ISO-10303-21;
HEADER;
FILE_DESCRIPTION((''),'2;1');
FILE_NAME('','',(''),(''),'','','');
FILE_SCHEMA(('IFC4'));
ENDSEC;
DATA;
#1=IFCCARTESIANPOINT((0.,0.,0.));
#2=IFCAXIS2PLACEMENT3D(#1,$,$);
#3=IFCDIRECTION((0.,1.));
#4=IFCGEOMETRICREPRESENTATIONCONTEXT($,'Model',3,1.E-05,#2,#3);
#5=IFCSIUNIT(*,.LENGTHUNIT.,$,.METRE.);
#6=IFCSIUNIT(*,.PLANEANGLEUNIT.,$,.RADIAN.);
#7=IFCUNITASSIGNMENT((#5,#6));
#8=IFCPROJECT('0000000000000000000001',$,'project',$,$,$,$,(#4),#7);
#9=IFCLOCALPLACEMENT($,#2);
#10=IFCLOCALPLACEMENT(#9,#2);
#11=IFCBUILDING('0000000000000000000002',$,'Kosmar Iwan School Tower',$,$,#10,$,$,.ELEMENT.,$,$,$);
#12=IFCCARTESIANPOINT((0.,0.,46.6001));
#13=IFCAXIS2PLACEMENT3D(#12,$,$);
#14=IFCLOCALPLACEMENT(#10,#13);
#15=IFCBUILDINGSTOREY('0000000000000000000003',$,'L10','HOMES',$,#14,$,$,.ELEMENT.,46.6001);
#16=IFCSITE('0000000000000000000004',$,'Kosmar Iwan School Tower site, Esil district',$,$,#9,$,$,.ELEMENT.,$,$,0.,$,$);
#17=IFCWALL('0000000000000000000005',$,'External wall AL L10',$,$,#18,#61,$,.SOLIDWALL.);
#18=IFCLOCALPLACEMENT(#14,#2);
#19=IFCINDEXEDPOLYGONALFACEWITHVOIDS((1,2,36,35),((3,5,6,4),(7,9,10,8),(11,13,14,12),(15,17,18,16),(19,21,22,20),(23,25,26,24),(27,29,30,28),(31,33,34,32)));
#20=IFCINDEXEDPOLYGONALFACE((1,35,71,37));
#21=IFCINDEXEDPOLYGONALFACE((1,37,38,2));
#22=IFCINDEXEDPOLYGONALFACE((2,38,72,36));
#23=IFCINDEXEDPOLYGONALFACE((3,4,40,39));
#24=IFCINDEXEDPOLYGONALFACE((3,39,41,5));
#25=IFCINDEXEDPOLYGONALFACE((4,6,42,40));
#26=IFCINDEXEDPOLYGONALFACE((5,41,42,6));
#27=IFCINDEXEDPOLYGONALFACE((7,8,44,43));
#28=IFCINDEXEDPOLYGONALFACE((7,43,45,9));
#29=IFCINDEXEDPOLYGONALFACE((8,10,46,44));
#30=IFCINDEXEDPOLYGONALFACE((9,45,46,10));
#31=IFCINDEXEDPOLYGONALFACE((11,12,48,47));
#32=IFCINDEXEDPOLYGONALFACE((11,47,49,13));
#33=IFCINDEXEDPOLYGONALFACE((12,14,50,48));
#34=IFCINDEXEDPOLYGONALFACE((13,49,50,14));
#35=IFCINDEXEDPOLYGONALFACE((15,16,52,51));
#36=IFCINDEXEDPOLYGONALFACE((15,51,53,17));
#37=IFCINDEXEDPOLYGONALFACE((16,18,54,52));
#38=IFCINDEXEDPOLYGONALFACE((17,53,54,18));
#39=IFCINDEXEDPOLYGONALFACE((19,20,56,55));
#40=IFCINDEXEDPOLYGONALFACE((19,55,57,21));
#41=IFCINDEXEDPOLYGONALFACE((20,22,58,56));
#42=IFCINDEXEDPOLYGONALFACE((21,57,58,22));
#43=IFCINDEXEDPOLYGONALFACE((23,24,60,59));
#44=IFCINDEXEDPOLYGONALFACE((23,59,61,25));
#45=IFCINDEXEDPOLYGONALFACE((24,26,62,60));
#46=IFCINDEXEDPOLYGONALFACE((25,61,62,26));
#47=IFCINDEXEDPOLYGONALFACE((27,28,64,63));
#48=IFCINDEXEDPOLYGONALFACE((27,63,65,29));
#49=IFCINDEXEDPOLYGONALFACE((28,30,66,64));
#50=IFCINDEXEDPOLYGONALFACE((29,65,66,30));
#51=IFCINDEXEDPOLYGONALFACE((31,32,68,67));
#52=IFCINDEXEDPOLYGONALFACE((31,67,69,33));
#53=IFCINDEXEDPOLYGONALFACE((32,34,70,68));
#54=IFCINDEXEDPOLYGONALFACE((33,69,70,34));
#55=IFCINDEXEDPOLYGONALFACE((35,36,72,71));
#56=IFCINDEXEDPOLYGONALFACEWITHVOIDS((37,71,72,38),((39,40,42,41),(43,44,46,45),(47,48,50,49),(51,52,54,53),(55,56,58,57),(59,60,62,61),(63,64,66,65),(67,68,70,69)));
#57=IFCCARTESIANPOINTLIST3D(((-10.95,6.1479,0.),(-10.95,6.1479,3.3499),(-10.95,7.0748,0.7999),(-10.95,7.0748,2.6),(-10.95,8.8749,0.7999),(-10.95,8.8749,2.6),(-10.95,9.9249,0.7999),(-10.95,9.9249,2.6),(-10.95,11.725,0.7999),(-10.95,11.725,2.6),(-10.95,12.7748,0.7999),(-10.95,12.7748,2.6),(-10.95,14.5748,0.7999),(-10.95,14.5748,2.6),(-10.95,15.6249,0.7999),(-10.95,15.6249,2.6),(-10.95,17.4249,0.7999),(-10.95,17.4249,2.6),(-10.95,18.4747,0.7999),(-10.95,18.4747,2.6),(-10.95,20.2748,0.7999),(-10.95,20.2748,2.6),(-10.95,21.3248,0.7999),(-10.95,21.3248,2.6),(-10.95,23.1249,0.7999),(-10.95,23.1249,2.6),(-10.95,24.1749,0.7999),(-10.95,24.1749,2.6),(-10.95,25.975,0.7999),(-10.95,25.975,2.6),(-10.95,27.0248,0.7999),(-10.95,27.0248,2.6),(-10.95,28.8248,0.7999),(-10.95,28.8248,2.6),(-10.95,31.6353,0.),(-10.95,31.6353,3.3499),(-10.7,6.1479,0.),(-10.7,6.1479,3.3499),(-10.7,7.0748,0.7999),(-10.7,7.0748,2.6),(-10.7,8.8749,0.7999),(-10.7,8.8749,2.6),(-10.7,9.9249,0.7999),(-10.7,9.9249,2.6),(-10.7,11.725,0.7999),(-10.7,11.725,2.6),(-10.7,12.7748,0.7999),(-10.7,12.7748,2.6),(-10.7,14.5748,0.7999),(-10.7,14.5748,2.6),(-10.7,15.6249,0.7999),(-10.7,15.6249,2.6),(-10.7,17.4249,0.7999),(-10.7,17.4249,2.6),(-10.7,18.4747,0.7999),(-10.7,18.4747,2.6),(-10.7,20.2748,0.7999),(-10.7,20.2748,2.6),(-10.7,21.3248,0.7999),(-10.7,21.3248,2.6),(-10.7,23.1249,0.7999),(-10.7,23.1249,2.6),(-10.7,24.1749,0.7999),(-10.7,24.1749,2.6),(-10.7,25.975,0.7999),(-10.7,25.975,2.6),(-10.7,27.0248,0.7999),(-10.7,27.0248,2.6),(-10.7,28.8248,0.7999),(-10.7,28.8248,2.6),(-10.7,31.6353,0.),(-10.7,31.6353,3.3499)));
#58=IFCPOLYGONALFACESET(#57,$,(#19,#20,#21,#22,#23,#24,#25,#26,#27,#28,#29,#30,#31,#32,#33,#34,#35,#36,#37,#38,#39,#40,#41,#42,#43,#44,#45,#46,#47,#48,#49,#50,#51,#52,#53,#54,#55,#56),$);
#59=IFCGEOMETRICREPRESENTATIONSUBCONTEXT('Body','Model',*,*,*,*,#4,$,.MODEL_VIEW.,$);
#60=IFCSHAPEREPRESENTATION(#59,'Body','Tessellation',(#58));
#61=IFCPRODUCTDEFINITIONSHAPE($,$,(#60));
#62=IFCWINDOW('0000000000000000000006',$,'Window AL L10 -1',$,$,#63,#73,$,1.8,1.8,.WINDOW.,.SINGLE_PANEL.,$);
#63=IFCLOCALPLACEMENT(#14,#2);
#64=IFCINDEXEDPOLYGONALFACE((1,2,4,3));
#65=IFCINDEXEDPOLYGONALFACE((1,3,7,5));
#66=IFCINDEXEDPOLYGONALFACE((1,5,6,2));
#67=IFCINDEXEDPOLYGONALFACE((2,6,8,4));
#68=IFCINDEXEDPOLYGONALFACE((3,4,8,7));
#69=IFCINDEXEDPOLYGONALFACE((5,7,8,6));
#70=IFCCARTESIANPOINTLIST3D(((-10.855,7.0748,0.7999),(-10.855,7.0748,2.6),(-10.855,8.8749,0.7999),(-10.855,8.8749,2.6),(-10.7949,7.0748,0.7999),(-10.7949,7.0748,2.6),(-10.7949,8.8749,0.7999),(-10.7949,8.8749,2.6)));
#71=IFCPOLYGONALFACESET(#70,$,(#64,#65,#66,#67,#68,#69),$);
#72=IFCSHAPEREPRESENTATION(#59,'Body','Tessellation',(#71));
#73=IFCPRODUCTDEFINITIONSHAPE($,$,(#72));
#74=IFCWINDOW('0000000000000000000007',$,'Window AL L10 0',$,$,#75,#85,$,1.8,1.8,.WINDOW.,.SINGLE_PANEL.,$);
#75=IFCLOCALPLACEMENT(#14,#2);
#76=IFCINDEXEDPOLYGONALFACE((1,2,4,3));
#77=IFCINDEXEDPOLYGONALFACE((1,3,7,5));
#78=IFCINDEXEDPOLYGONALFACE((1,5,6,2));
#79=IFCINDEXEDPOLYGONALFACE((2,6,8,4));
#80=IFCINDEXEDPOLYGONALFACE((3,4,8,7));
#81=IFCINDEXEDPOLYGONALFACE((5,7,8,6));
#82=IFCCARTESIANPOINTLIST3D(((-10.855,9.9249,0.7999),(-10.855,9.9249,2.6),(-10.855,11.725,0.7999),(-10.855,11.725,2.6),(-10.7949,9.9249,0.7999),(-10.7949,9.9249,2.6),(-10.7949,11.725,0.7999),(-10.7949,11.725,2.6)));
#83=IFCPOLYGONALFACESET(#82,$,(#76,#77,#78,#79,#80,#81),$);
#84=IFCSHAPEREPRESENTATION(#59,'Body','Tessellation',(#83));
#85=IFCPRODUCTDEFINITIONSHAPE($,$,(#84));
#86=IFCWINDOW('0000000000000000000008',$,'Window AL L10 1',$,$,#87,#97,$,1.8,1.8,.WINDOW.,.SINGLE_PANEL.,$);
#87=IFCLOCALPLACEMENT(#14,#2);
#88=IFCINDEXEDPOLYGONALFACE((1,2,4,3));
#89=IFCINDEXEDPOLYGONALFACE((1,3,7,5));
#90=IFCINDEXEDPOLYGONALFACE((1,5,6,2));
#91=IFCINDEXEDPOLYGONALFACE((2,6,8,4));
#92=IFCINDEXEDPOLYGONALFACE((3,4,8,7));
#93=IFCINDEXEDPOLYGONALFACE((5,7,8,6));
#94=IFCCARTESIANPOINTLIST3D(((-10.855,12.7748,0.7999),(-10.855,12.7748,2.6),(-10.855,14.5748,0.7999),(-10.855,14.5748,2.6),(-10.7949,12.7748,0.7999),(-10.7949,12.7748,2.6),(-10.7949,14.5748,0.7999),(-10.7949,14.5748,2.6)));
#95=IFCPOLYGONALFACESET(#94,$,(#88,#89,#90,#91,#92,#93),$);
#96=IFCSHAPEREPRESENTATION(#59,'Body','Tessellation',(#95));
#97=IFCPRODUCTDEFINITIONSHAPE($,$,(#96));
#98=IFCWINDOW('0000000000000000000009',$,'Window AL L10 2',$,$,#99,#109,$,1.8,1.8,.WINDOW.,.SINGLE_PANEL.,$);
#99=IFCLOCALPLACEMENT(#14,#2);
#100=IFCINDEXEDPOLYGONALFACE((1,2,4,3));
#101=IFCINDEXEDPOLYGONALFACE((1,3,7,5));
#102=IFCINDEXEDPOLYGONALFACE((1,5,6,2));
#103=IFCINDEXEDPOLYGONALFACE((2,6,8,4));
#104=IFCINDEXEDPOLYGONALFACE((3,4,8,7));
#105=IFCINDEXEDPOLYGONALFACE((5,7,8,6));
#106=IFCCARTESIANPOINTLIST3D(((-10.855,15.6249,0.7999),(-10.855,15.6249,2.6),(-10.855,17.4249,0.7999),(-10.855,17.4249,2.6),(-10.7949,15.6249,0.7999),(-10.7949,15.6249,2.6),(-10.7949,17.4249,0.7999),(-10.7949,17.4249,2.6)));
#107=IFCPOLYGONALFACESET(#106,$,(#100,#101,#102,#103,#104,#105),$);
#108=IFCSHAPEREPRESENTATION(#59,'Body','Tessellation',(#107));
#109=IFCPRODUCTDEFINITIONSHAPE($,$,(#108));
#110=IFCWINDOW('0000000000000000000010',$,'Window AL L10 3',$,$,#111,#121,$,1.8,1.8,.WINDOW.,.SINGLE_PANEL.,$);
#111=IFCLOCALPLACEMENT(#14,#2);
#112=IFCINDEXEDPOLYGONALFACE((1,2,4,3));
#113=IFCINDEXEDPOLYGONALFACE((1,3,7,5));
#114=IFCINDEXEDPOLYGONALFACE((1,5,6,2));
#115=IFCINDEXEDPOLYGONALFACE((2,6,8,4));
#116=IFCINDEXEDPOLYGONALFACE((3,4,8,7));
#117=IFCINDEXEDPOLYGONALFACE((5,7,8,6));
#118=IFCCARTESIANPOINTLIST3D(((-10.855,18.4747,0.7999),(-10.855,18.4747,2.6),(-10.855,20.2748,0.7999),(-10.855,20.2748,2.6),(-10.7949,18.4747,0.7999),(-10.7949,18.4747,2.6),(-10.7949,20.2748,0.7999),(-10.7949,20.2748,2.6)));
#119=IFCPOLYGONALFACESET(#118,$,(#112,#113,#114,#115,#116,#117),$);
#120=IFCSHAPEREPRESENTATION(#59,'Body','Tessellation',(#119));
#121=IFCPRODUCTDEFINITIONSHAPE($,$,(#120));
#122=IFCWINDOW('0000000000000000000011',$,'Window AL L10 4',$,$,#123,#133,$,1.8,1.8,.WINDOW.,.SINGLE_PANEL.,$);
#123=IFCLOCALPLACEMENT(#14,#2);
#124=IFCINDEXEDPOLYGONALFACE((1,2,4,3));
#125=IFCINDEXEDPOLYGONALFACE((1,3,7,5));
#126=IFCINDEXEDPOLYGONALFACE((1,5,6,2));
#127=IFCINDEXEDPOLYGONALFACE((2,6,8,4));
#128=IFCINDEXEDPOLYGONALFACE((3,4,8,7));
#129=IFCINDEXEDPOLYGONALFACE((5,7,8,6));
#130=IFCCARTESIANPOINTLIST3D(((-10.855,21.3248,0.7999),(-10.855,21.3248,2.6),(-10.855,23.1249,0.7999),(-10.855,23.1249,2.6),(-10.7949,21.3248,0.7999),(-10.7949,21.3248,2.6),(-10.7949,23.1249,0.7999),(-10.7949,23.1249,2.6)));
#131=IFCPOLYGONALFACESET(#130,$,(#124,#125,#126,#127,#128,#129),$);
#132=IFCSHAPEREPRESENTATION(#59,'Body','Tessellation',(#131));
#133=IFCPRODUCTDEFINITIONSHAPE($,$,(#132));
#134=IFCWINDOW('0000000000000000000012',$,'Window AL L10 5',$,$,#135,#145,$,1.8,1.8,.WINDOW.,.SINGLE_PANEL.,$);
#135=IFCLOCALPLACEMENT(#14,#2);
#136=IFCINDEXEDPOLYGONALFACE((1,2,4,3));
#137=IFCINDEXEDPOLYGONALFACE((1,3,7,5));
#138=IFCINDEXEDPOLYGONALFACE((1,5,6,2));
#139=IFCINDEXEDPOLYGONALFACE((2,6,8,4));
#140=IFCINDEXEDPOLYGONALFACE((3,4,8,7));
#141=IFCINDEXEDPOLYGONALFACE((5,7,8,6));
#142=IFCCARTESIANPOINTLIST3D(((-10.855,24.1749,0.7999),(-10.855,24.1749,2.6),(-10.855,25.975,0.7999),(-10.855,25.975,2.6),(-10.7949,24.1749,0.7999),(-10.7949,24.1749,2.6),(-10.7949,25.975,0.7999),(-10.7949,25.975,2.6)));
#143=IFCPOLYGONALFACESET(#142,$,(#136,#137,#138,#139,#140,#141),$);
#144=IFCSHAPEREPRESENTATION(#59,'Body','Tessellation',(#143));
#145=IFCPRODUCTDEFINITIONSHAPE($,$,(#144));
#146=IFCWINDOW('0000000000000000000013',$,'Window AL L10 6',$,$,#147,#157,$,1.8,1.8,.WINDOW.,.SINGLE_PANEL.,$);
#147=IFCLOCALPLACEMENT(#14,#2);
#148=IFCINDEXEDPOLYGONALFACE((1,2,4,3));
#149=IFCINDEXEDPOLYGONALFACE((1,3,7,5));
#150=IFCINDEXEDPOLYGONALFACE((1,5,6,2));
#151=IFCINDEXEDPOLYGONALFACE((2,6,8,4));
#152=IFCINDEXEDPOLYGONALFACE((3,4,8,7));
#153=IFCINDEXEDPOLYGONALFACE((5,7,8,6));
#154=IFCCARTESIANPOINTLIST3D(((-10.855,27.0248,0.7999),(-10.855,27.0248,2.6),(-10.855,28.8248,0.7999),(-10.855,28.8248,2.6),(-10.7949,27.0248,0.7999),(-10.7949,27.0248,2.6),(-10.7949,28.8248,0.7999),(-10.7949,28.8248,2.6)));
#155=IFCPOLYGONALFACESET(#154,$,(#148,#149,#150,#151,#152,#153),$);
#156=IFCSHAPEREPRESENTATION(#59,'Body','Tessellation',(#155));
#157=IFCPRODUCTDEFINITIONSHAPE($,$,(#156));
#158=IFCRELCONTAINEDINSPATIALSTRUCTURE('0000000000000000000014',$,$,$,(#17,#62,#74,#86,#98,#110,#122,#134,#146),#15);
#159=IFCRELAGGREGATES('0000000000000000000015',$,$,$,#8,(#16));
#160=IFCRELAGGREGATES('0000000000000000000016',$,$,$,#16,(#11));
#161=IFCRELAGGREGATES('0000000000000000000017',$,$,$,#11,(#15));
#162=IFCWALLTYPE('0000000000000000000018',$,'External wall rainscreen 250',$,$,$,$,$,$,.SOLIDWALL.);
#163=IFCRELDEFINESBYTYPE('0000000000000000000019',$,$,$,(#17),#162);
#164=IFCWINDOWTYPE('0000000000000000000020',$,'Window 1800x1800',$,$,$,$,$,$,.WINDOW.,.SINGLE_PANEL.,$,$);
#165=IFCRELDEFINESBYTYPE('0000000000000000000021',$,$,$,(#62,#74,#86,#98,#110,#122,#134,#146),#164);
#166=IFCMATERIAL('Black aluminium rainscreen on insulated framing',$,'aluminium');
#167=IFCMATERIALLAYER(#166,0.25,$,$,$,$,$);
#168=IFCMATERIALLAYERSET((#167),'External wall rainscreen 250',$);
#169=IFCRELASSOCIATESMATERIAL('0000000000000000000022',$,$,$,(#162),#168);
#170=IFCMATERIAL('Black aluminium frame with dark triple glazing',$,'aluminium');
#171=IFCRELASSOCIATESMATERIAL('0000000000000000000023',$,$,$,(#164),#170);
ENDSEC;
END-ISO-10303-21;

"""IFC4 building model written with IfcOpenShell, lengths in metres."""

from ifc_helpers import new_model, si_unit, direction, frame, frame_2d, origin, place, context, subcontext, project, spatial, rectangle, extrude, material, layer, layer_set, type_object, element, fill, save


model = new_model("IFC4")

# Units and contexts
model_context = context("Model", 3, precision=1e-05, world=origin(), true_north=direction((0.0, 1.0)))
body_context = subcontext(model_context, "Body", "Model", "MODEL_VIEW")
ifc_project = project(units=[si_unit("LENGTHUNIT", "METRE"), si_unit("PLANEANGLEUNIT", "RADIAN")], contexts=[model_context])

# Site, building, storey
site_placement = place(None, origin())
site = spatial("IfcSite", under=ifc_project, at=site_placement, Name="Kosmar Iwan School Tower site, Esil district", CompositionType="ELEMENT", RefElevation=0.0)
building_placement = place(site_placement, origin())
building = spatial("IfcBuilding", under=site, at=building_placement, Name="Kosmar Iwan School Tower", CompositionType="ELEMENT")
storey_placement = place(building_placement, frame((0.0, 0.0, 46.6001)))
storey = spatial("IfcBuildingStorey", under=building, at=storey_placement, Name="L10", Description="HOMES", CompositionType="ELEMENT", Elevation=46.6001)

# Wall, openings, windows
ifc_material_1 = material(Name="Black aluminium rainscreen on insulated framing", Category="aluminium")
ifc_layer = layer(ifc_material_1, 0.25)
ifc_layer_set = layer_set([ifc_layer], Name="External wall rainscreen 250")
wall_type = type_object("IfcWallType", Name="External wall rainscreen 250", PredefinedType="SOLIDWALL", material=ifc_layer_set)
wall_1_placement = place(storey_placement, frame((-10.825, 6.1479, 0.0), z_axis=(0.0, 0.0, 1.0), x_axis=(0.0, 1.0, 0.0)))
wall_1 = element("IfcWall", 1, at=wall_1_placement, inside=storey, type_object=wall_type, Name="External wall AL L10", PredefinedType="SOLIDWALL", context=body_context, shape_type="SweptSolid", body=[
    extrude(rectangle(XDim=25.4873, YDim=0.25, at=frame_2d((12.7437, 0.0))), origin(), (0.0, 0.0, 1.0), 3.3499),
])
opening_1_placement = place(wall_1_placement, frame((0.927, 0.0, 0.8)))
opening_1 = element("IfcOpeningElement", 2, at=opening_1_placement, cuts=wall_1, PredefinedType="OPENING", context=body_context, shape_type="SweptSolid", body=[
    extrude(rectangle(XDim=1.8, YDim=1.8, at=frame_2d((0.8999, 0.8999))), frame((0.0, 0.137, 0.0), z_axis=(0.0, -1.0, 0.0), x_axis=(1.0, 0.0, 0.0)), (0.0, 0.0, 1.0), 0.2739),
])
opening_2_placement = place(wall_1_placement, frame((3.7771, 0.0, 0.8)))
opening_2 = element("IfcOpeningElement", 3, at=opening_2_placement, cuts=wall_1, PredefinedType="OPENING", context=body_context, shape_type="SweptSolid", body=[
    extrude(rectangle(XDim=1.8, YDim=1.8, at=frame_2d((0.8999, 0.8999))), frame((0.0, 0.137, 0.0), z_axis=(0.0, -1.0, 0.0), x_axis=(1.0, 0.0, 0.0)), (0.0, 0.0, 1.0), 0.2739),
])
opening_3_placement = place(wall_1_placement, frame((6.627, 0.0, 0.8)))
opening_3 = element("IfcOpeningElement", 4, at=opening_3_placement, cuts=wall_1, PredefinedType="OPENING", context=body_context, shape_type="SweptSolid", body=[
    extrude(rectangle(XDim=1.8, YDim=1.8, at=frame_2d((0.8999, 0.8999))), frame((0.0, 0.137, 0.0), z_axis=(0.0, -1.0, 0.0), x_axis=(1.0, 0.0, 0.0)), (0.0, 0.0, 1.0), 0.2739),
])
opening_4_placement = place(wall_1_placement, frame((9.4771, 0.0, 0.8)))
opening_4 = element("IfcOpeningElement", 5, at=opening_4_placement, cuts=wall_1, PredefinedType="OPENING", context=body_context, shape_type="SweptSolid", body=[
    extrude(rectangle(XDim=1.8, YDim=1.8, at=frame_2d((0.8999, 0.8999))), frame((0.0, 0.137, 0.0), z_axis=(0.0, -1.0, 0.0), x_axis=(1.0, 0.0, 0.0)), (0.0, 0.0, 1.0), 0.2739),
])
opening_5_placement = place(wall_1_placement, frame((12.3269, 0.0, 0.8)))
opening_5 = element("IfcOpeningElement", 6, at=opening_5_placement, cuts=wall_1, PredefinedType="OPENING", context=body_context, shape_type="SweptSolid", body=[
    extrude(rectangle(XDim=1.8, YDim=1.8, at=frame_2d((0.8999, 0.8999))), frame((0.0, 0.137, 0.0), z_axis=(0.0, -1.0, 0.0), x_axis=(1.0, 0.0, 0.0)), (0.0, 0.0, 1.0), 0.2739),
])
opening_6_placement = place(wall_1_placement, frame((15.177, 0.0, 0.8)))
opening_6 = element("IfcOpeningElement", 7, at=opening_6_placement, cuts=wall_1, PredefinedType="OPENING", context=body_context, shape_type="SweptSolid", body=[
    extrude(rectangle(XDim=1.8, YDim=1.8, at=frame_2d((0.8999, 0.8999))), frame((0.0, 0.137, 0.0), z_axis=(0.0, -1.0, 0.0), x_axis=(1.0, 0.0, 0.0)), (0.0, 0.0, 1.0), 0.2739),
])
opening_7_placement = place(wall_1_placement, frame((18.0271, 0.0, 0.8)))
opening_7 = element("IfcOpeningElement", 8, at=opening_7_placement, cuts=wall_1, PredefinedType="OPENING", context=body_context, shape_type="SweptSolid", body=[
    extrude(rectangle(XDim=1.8, YDim=1.8, at=frame_2d((0.8999, 0.8999))), frame((0.0, 0.137, 0.0), z_axis=(0.0, -1.0, 0.0), x_axis=(1.0, 0.0, 0.0)), (0.0, 0.0, 1.0), 0.2739),
])
opening_8_placement = place(wall_1_placement, frame((20.877, 0.0, 0.8)))
opening_8 = element("IfcOpeningElement", 9, at=opening_8_placement, cuts=wall_1, PredefinedType="OPENING", context=body_context, shape_type="SweptSolid", body=[
    extrude(rectangle(XDim=1.8, YDim=1.8, at=frame_2d((0.8999, 0.8999))), frame((0.0, 0.137, 0.0), z_axis=(0.0, -1.0, 0.0), x_axis=(1.0, 0.0, 0.0)), (0.0, 0.0, 1.0), 0.2739),
])
ifc_material_2 = material(Name="Black aluminium frame with dark triple glazing", Category="aluminium")
window_type = type_object("IfcWindowType", Name="Window 1800x1800", PartitioningType="SINGLE_PANEL", PredefinedType="WINDOW", material=ifc_material_2)
window_1_placement = place(opening_1_placement, origin())
window_1 = element("IfcWindow", 10, at=window_1_placement, inside=storey, type_object=window_type, Name="Window AL L10 -1", OverallHeight=1.8, OverallWidth=1.8, PartitioningType="SINGLE_PANEL", PredefinedType="WINDOW", context=body_context, shape_type="SweptSolid", body=[
    extrude(rectangle(XDim=1.8, YDim=1.8, at=frame_2d((0.8999, 0.8999))), frame((0.0, 0.03, 0.0), z_axis=(0.0, -1.0, 0.0), x_axis=(1.0, 0.0, 0.0)), (0.0, 0.0, 1.0), 0.0601),
])
fill(opening_1, window_1)
window_2_placement = place(opening_2_placement, origin())
window_2 = element("IfcWindow", 11, at=window_2_placement, inside=storey, type_object=window_type, Name="Window AL L10 0", OverallHeight=1.8, OverallWidth=1.8, PartitioningType="SINGLE_PANEL", PredefinedType="WINDOW", context=body_context, shape_type="SweptSolid", body=[
    extrude(rectangle(XDim=1.8, YDim=1.8, at=frame_2d((0.8999, 0.8999))), frame((0.0, 0.03, 0.0), z_axis=(0.0, -1.0, 0.0), x_axis=(1.0, 0.0, 0.0)), (0.0, 0.0, 1.0), 0.0601),
])
fill(opening_2, window_2)
window_3_placement = place(opening_3_placement, origin())
window_3 = element("IfcWindow", 12, at=window_3_placement, inside=storey, type_object=window_type, Name="Window AL L10 1", OverallHeight=1.8, OverallWidth=1.8, PartitioningType="SINGLE_PANEL", PredefinedType="WINDOW", context=body_context, shape_type="SweptSolid", body=[
    extrude(rectangle(XDim=1.8, YDim=1.8, at=frame_2d((0.8999, 0.8999))), frame((0.0, 0.03, 0.0), z_axis=(0.0, -1.0, 0.0), x_axis=(1.0, 0.0, 0.0)), (0.0, 0.0, 1.0), 0.0601),
])
fill(opening_3, window_3)
window_4_placement = place(opening_4_placement, origin())
window_4 = element("IfcWindow", 13, at=window_4_placement, inside=storey, type_object=window_type, Name="Window AL L10 2", OverallHeight=1.8, OverallWidth=1.8, PartitioningType="SINGLE_PANEL", PredefinedType="WINDOW", context=body_context, shape_type="SweptSolid", body=[
    extrude(rectangle(XDim=1.8, YDim=1.8, at=frame_2d((0.8999, 0.8999))), frame((0.0, 0.03, 0.0), z_axis=(0.0, -1.0, 0.0), x_axis=(1.0, 0.0, 0.0)), (0.0, 0.0, 1.0), 0.0601),
])
fill(opening_4, window_4)
window_5_placement = place(opening_5_placement, origin())
window_5 = element("IfcWindow", 14, at=window_5_placement, inside=storey, type_object=window_type, Name="Window AL L10 3", OverallHeight=1.8, OverallWidth=1.8, PartitioningType="SINGLE_PANEL", PredefinedType="WINDOW", context=body_context, shape_type="SweptSolid", body=[
    extrude(rectangle(XDim=1.8, YDim=1.8, at=frame_2d((0.8999, 0.8999))), frame((0.0, 0.03, 0.0), z_axis=(0.0, -1.0, 0.0), x_axis=(1.0, 0.0, 0.0)), (0.0, 0.0, 1.0), 0.0601),
])
fill(opening_5, window_5)
window_6_placement = place(opening_6_placement, origin())
window_6 = element("IfcWindow", 15, at=window_6_placement, inside=storey, type_object=window_type, Name="Window AL L10 4", OverallHeight=1.8, OverallWidth=1.8, PartitioningType="SINGLE_PANEL", PredefinedType="WINDOW", context=body_context, shape_type="SweptSolid", body=[
    extrude(rectangle(XDim=1.8, YDim=1.8, at=frame_2d((0.8999, 0.8999))), frame((0.0, 0.03, 0.0), z_axis=(0.0, -1.0, 0.0), x_axis=(1.0, 0.0, 0.0)), (0.0, 0.0, 1.0), 0.0601),
])
fill(opening_6, window_6)
window_7_placement = place(opening_7_placement, origin())
window_7 = element("IfcWindow", 16, at=window_7_placement, inside=storey, type_object=window_type, Name="Window AL L10 5", OverallHeight=1.8, OverallWidth=1.8, PartitioningType="SINGLE_PANEL", PredefinedType="WINDOW", context=body_context, shape_type="SweptSolid", body=[
    extrude(rectangle(XDim=1.8, YDim=1.8, at=frame_2d((0.8999, 0.8999))), frame((0.0, 0.03, 0.0), z_axis=(0.0, -1.0, 0.0), x_axis=(1.0, 0.0, 0.0)), (0.0, 0.0, 1.0), 0.0601),
])
fill(opening_7, window_7)
window_8_placement = place(opening_8_placement, origin())
window_8 = element("IfcWindow", 17, at=window_8_placement, inside=storey, type_object=window_type, Name="Window AL L10 6", OverallHeight=1.8, OverallWidth=1.8, PartitioningType="SINGLE_PANEL", PredefinedType="WINDOW", context=body_context, shape_type="SweptSolid", body=[
    extrude(rectangle(XDim=1.8, YDim=1.8, at=frame_2d((0.8999, 0.8999))), frame((0.0, 0.03, 0.0), z_axis=(0.0, -1.0, 0.0), x_axis=(1.0, 0.0, 0.0)), (0.0, 0.0, 1.0), 0.0601),
])
fill(opening_8, window_8)

save(model, "model.ifc")
